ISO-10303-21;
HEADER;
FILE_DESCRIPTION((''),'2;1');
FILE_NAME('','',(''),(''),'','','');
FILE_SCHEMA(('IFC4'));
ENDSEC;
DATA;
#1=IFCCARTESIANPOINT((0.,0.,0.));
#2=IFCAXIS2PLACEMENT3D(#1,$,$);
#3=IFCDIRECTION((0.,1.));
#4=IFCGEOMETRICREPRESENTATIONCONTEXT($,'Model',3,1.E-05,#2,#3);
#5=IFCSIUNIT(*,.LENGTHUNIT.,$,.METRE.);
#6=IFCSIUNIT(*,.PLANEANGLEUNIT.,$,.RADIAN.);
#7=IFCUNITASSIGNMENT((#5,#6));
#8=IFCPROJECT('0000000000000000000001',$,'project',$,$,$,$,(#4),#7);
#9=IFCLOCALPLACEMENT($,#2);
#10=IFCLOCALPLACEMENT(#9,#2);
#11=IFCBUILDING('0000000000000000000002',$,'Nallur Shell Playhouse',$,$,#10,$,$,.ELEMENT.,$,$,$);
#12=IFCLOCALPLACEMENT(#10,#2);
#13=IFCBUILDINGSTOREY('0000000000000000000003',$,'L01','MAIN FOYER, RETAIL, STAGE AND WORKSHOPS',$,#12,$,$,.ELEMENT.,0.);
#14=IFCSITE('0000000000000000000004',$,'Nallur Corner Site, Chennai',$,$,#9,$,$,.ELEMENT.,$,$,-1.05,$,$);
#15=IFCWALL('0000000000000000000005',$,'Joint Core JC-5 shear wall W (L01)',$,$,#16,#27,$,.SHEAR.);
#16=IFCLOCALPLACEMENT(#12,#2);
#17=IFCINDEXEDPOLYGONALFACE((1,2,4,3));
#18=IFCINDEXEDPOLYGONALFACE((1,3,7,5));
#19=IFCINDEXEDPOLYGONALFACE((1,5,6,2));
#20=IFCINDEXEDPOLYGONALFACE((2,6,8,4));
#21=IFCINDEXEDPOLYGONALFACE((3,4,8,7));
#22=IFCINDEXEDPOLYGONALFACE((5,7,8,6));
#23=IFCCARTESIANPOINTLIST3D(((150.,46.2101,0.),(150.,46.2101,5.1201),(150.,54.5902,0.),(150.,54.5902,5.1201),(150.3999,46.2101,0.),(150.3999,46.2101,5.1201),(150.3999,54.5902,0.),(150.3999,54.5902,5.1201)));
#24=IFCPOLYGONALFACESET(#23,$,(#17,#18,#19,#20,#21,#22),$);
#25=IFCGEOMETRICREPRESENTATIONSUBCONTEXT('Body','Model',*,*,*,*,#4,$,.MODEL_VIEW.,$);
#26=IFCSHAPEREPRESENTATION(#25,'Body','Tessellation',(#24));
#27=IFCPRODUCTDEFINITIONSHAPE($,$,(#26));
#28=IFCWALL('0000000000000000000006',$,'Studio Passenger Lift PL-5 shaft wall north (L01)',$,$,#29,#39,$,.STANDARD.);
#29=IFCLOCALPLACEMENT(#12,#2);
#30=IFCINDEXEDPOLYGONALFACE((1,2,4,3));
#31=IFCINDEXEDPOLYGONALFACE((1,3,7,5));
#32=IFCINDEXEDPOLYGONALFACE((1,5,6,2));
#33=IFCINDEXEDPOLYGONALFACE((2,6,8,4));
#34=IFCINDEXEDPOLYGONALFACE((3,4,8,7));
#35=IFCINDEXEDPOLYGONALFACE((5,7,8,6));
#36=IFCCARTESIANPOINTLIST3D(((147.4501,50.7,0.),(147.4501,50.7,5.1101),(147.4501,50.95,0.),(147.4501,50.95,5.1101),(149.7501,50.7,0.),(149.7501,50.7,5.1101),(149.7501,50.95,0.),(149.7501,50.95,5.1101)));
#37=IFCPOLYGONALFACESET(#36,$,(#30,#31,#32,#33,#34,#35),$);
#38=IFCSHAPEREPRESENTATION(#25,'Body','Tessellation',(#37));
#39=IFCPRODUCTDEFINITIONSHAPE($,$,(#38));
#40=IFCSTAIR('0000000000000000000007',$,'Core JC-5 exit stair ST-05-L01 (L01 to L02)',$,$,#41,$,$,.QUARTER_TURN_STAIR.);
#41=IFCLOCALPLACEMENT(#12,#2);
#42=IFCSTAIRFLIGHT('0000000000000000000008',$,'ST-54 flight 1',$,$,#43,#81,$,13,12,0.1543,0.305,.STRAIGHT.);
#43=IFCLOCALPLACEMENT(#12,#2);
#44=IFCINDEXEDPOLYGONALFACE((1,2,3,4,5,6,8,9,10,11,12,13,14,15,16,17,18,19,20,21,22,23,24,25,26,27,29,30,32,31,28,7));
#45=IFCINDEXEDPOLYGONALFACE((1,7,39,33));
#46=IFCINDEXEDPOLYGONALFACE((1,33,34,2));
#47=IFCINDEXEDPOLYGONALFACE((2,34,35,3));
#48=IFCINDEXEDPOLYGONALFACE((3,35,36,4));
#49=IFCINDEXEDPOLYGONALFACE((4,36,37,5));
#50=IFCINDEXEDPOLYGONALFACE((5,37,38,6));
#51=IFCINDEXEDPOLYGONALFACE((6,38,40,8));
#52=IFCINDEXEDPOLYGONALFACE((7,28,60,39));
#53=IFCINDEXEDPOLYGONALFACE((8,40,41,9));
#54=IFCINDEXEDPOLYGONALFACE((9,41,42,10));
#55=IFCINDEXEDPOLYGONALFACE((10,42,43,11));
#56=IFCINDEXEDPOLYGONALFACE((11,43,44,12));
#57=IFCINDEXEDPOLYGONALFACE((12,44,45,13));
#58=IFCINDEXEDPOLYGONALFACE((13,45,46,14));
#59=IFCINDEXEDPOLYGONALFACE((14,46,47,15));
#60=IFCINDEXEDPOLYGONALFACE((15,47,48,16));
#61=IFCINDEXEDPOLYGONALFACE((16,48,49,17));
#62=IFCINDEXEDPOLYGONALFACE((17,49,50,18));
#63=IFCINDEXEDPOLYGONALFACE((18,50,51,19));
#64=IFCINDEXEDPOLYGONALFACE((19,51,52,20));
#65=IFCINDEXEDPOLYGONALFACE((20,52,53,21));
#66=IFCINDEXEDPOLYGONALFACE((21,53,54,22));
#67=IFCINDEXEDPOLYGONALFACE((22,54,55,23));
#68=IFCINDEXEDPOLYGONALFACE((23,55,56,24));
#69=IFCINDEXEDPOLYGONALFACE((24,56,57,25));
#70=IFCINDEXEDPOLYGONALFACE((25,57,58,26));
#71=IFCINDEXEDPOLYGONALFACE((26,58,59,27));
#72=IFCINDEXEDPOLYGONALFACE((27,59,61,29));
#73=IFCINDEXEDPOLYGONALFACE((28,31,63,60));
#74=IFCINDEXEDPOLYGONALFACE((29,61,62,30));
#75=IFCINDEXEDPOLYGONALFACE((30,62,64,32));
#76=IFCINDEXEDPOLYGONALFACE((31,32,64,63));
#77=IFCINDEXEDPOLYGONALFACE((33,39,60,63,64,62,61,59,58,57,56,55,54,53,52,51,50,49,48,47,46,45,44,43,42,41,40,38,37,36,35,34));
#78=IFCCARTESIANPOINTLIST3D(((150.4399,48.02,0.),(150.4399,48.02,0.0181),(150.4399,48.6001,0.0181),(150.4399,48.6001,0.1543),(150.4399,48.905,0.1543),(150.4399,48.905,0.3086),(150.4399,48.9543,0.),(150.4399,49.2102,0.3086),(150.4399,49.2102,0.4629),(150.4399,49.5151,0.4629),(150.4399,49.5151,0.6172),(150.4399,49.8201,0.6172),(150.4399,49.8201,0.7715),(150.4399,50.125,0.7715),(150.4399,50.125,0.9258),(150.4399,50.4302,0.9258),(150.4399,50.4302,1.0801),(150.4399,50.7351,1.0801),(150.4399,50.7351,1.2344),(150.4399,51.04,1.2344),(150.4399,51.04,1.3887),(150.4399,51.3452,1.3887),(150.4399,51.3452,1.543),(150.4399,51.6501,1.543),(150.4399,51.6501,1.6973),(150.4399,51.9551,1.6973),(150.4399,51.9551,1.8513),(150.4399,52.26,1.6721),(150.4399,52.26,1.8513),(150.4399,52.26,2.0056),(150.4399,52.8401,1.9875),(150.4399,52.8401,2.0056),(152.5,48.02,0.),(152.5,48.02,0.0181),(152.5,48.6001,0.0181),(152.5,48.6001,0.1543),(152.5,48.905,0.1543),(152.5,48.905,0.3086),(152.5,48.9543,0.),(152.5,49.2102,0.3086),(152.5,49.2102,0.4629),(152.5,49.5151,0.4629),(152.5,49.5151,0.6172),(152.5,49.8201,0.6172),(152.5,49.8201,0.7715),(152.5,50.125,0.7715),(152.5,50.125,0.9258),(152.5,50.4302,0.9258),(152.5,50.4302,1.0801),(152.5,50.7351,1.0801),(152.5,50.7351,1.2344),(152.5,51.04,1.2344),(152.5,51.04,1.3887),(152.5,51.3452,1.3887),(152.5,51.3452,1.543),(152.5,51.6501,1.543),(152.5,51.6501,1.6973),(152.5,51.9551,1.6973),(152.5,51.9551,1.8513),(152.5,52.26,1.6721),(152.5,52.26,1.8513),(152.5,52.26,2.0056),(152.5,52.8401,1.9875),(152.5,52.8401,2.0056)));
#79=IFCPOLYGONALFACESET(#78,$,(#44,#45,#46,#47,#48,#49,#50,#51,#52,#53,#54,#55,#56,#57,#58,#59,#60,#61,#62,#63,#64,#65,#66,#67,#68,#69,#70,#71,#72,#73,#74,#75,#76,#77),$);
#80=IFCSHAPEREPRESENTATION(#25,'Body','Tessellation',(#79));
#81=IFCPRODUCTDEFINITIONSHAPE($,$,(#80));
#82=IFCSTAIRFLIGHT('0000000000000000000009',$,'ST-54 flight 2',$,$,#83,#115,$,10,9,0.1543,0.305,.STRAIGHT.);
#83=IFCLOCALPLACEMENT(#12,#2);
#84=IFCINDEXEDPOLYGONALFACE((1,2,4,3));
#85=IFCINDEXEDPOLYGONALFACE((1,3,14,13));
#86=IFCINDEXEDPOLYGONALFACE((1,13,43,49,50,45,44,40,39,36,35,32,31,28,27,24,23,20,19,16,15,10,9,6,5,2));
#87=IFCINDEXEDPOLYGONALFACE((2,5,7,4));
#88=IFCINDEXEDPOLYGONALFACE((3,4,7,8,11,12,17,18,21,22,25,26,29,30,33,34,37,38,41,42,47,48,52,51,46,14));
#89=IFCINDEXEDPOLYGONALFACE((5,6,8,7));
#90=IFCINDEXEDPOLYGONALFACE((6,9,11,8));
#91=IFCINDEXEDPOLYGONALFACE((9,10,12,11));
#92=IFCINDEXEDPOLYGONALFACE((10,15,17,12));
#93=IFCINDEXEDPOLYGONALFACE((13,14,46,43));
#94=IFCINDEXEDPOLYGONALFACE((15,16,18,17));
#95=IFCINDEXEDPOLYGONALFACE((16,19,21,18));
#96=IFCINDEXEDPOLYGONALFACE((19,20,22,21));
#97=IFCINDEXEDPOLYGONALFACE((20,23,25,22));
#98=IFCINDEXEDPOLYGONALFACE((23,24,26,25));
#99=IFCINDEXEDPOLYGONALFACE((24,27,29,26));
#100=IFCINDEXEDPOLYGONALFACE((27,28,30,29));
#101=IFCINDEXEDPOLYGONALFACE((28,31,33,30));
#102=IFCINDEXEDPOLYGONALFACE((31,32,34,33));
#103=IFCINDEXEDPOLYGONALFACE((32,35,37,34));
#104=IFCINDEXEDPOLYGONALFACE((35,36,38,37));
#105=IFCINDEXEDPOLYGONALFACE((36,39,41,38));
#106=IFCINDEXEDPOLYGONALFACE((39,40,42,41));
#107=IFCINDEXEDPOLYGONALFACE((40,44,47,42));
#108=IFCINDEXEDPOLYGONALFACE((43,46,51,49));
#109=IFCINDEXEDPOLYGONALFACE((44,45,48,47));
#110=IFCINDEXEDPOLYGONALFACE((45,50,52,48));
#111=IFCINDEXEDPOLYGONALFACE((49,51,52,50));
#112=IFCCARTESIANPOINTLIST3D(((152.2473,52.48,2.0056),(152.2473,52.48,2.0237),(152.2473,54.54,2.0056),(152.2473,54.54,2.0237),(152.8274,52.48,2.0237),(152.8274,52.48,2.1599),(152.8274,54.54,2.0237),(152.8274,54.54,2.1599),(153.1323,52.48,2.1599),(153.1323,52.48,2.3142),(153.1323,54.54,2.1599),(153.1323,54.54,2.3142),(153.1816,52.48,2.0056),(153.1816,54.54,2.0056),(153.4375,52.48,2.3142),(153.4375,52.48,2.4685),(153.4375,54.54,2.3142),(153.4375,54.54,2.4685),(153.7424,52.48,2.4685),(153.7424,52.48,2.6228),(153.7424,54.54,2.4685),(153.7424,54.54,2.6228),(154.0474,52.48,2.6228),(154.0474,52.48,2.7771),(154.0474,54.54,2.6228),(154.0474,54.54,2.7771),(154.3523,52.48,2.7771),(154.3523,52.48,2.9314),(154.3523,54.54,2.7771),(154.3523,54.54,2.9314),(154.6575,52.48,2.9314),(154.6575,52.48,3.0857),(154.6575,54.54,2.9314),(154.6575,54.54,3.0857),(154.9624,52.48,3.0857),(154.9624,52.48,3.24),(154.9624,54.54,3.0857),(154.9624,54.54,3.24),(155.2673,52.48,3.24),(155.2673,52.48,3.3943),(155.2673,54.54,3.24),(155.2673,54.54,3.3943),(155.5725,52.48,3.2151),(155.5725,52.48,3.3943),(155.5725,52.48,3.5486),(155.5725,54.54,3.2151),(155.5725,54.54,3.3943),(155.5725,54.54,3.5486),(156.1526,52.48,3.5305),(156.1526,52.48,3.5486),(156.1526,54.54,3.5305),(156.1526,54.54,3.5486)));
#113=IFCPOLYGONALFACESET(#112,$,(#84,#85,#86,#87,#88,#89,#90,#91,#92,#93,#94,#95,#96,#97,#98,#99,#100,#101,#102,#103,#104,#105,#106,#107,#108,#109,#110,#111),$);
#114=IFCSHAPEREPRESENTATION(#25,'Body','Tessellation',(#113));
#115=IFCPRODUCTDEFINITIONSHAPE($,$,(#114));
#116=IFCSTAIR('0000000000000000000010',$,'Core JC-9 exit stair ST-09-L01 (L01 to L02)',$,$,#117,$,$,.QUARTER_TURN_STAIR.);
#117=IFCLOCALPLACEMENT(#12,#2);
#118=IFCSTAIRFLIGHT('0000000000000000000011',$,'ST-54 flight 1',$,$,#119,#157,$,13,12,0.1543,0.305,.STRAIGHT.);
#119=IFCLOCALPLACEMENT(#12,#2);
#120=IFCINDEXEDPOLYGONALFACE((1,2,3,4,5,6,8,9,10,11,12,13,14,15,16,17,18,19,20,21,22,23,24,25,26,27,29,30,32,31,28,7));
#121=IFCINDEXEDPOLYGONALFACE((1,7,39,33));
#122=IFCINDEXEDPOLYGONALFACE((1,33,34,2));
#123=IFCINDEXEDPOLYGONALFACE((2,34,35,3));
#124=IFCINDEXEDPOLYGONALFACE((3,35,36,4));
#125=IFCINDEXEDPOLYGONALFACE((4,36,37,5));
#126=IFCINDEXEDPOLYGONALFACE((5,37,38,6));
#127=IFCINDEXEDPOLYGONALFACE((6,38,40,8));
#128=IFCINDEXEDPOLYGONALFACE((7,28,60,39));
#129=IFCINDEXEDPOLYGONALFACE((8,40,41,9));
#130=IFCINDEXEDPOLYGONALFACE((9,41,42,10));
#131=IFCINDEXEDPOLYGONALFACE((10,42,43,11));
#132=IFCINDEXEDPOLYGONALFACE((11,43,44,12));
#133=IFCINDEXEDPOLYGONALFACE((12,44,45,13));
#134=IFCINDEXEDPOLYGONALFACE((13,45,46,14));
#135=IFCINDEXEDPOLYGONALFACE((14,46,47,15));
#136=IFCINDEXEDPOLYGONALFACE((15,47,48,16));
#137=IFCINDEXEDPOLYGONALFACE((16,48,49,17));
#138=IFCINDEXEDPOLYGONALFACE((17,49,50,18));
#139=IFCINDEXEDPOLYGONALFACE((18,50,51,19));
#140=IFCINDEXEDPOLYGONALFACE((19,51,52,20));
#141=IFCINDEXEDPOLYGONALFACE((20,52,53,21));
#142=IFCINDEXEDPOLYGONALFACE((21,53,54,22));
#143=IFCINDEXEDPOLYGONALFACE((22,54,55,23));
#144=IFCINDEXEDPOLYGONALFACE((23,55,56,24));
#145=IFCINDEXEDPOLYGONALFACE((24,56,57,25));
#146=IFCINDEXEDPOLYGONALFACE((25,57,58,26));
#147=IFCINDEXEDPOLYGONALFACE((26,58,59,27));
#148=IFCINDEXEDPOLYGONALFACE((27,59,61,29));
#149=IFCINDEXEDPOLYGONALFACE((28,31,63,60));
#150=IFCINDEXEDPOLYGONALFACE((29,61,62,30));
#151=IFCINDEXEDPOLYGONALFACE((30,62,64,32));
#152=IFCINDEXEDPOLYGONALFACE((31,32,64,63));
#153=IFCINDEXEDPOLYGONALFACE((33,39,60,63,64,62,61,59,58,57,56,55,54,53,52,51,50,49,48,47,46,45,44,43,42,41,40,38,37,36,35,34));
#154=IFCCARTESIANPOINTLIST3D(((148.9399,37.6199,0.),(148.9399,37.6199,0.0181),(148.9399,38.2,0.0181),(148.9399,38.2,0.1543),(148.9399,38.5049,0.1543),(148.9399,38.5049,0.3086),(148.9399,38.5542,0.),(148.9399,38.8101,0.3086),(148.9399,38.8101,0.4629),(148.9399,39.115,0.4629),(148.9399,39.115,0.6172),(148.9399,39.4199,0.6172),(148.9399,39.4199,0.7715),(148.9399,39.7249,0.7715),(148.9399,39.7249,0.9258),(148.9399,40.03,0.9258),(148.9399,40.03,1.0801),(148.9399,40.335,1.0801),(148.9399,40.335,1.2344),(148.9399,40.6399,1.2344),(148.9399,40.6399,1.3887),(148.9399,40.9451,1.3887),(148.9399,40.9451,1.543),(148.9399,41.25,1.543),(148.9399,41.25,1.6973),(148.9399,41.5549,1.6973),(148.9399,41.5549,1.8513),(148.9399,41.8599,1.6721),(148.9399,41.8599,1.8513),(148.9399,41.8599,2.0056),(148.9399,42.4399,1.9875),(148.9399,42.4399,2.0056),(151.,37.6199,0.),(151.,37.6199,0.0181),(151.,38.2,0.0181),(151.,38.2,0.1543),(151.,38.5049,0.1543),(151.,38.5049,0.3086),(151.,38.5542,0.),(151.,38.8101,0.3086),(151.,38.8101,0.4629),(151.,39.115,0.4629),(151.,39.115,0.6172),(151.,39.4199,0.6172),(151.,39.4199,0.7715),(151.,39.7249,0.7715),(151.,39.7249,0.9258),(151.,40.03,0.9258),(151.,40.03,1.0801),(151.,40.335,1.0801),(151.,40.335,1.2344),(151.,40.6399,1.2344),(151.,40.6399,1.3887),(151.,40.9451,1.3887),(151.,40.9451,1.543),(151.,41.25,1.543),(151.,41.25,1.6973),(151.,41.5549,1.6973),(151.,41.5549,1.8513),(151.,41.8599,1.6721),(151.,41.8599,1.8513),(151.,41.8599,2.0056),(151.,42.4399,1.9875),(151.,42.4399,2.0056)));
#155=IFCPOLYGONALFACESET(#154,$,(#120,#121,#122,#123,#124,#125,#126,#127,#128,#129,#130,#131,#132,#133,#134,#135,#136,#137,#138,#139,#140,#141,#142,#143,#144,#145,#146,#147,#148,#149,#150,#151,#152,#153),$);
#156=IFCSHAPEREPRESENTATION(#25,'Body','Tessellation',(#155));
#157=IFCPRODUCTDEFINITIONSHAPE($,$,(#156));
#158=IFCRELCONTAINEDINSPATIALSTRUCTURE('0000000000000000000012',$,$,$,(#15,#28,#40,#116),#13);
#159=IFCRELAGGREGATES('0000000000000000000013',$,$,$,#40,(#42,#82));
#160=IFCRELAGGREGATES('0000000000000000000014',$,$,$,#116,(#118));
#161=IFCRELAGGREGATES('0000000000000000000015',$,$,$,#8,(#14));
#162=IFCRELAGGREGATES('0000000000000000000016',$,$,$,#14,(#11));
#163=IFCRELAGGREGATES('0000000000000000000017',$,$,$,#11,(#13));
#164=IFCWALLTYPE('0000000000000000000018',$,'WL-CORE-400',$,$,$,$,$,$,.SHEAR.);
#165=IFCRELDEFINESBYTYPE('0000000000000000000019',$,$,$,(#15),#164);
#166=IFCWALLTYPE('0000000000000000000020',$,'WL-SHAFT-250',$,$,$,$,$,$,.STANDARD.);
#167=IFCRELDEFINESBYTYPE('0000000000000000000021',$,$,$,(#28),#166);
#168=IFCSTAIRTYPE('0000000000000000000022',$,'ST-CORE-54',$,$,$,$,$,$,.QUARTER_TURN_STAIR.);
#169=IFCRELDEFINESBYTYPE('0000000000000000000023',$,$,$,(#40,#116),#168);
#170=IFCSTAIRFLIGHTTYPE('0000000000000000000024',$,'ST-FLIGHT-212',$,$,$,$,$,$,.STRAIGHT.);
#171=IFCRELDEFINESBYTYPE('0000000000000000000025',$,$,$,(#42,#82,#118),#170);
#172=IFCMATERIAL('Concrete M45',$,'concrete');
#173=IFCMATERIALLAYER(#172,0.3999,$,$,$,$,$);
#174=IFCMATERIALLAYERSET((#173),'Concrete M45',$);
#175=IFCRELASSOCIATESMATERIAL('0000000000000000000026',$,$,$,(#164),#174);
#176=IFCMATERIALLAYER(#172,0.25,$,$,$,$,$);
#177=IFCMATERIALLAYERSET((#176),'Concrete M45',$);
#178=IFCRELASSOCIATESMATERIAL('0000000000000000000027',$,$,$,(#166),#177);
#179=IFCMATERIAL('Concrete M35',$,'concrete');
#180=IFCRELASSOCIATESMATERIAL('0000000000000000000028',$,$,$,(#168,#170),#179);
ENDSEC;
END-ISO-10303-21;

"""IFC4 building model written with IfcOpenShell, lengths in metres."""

from ifc_helpers import new_model, si_unit, direction, frame, frame_2d, origin, place, context, subcontext, project, spatial, polyline, rectangle, outline, extrude, material, layer, layer_set, type_object, element, aggregate, save


model = new_model("IFC4")

# Units and contexts
model_context = context("Model", 3, precision=1e-05, world=origin(), true_north=direction((0.0, 1.0)))
body_context = subcontext(model_context, "Body", "Model", "MODEL_VIEW")
ifc_project = project(units=[si_unit("LENGTHUNIT", "METRE"), si_unit("PLANEANGLEUNIT", "RADIAN")], contexts=[model_context])

# Site, building, storey
site_placement = place(None, origin())
site = spatial("IfcSite", under=ifc_project, at=site_placement, Name="Nallur Corner Site, Chennai", CompositionType="ELEMENT", RefElevation=-1.05)
building_placement = place(site_placement, origin())
building = spatial("IfcBuilding", under=site, at=building_placement, Name="Nallur Shell Playhouse", CompositionType="ELEMENT")
storey_placement = place(building_placement, origin())
storey = spatial("IfcBuildingStorey", under=building, at=storey_placement, Name="L01", Description="MAIN FOYER, RETAIL, STAGE AND WORKSHOPS", CompositionType="ELEMENT", Elevation=0.0)

# Shared definitions
ifc_material_1 = material(Name="Concrete M35", Category="concrete")

# Shared definitions
ifc_material_2 = material(Name="Concrete M45", Category="concrete")
ifc_layer_1 = layer(ifc_material_2, 0.3999)
ifc_layer_set_1 = layer_set([ifc_layer_1], Name="Concrete M45")
wall_type_1 = type_object("IfcWallType", Name="WL-CORE-400", PredefinedType="SHEAR", material=ifc_layer_set_1)

# Walls
wall_1_placement = place(storey_placement, frame((150.2, 54.5901, 0.0), z_axis=(0.0, 0.0, 1.0), x_axis=(0.0, -1.0, 0.0)))
element("IfcWall", 1, at=wall_1_placement, inside=storey, type_object=wall_type_1, Name="Joint Core JC-5 shear wall W (L01)", PredefinedType="SHEAR", context=body_context, shape_type="SweptSolid", body=[
    extrude(rectangle(XDim=8.3801, YDim=0.3999, at=frame_2d((4.1899, 0.0))), origin(), (0.0, 0.0, 1.0), 5.1201),
])
ifc_layer_2 = layer(ifc_material_2, 0.25)
ifc_layer_set_2 = layer_set([ifc_layer_2], Name="Concrete M45")
wall_type_2 = type_object("IfcWallType", Name="WL-SHAFT-250", PredefinedType="STANDARD", material=ifc_layer_set_2)
wall_2_placement = place(storey_placement, frame((149.75, 50.825, 0.0), z_axis=(0.0, 0.0, 1.0), x_axis=(-1.0, 0.0, 0.0)))
element("IfcWall", 2, at=wall_2_placement, inside=storey, type_object=wall_type_2, Name="Studio Passenger Lift PL-5 shaft wall north (L01)", PredefinedType="STANDARD", context=body_context, shape_type="SweptSolid", body=[
    extrude(rectangle(XDim=2.3, YDim=0.25, at=frame_2d((1.1499, 0.0))), origin(), (0.0, 0.0, 1.0), 5.1101),
])

# Stairs, stair flights
stair_type = type_object("IfcStairType", Name="ST-CORE-54", PredefinedType="QUARTER_TURN_STAIR", material=ifc_material_1)
stair_1_placement = place(storey_placement, origin())
stair_1 = element("IfcStair", 3, at=stair_1_placement, inside=storey, type_object=stair_type, Name="Core JC-5 exit stair ST-05-L01 (L01 to L02)", PredefinedType="QUARTER_TURN_STAIR")
stair_flight_type = type_object("IfcStairFlightType", Name="ST-FLIGHT-212", PredefinedType="STRAIGHT", material=ifc_material_1)
stair_flight_1_placement = place(storey_placement, frame((151.47, 48.6001, 0.0), z_axis=(0.0, 0.0, 1.0), x_axis=(0.0, 1.0, 0.0)))
stair_flight_1 = element("IfcStairFlight", 4, at=stair_flight_1_placement, type_object=stair_flight_type, Name="ST-54 flight 1", NumberOfRisers=13, NumberOfTreads=12, PredefinedType="STRAIGHT", RiserHeight=0.1543, TreadLength=0.305, context=body_context, shape_type="SweptSolid", body=[
    extrude(outline(polyline([(-0.5801, 0.0), (-0.5801, 0.0181), (0.0, 0.0181), (0.0, 0.1543), (0.3049, 0.1543), (0.3049, 0.3086), (0.6101, 0.3086), (0.6101, 0.4629), (0.915, 0.4629), (0.915, 0.6172), (1.22, 0.6172), (1.22, 0.7715), (1.5249, 0.7715), (1.5249, 0.9258), (1.8301, 0.9258), (1.8301, 1.0801), (2.135, 1.0801), (2.135, 1.2344), (2.4399, 1.2344), (2.4399, 1.3887), (2.7451, 1.3887), (2.7451, 1.543), (3.05, 1.543), (3.05, 1.6973), (3.355, 1.6973), (3.355, 1.8513), (3.6599, 1.8513), (3.6599, 2.0056), (4.24, 2.0056), (4.24, 1.9875), (3.6599, 1.6721), (0.3542, 0.0), (-0.5801, 0.0)])), frame((0.0, 1.03, 0.0), z_axis=(0.0, -1.0, 0.0), x_axis=(1.0, 0.0, 0.0)), (0.0, 0.0, 1.0), 2.0601),
])
stair_flight_2_placement = place(storey_placement, frame((152.8274, 53.51, 2.0056), z_axis=(0.0, 0.0, 1.0), x_axis=(1.0, 0.0, 0.0)))
stair_flight_2 = element("IfcStairFlight", 5, at=stair_flight_2_placement, type_object=stair_flight_type, Name="ST-54 flight 2", NumberOfRisers=10, NumberOfTreads=9, PredefinedType="STRAIGHT", RiserHeight=0.1543, TreadLength=0.305, context=body_context, shape_type="SweptSolid", body=[
    extrude(outline(polyline([(-0.5801, 0.0), (-0.5801, 0.0181), (0.0, 0.0181), (0.0, 0.1543), (0.3049, 0.1543), (0.3049, 0.3086), (0.6101, 0.3086), (0.6101, 0.4629), (0.915, 0.4629), (0.915, 0.6172), (1.22, 0.6172), (1.22, 0.7715), (1.5249, 0.7715), (1.5249, 0.9258), (1.8301, 0.9258), (1.8301, 1.0801), (2.135, 1.0801), (2.135, 1.2344), (2.4399, 1.2344), (2.4399, 1.3887), (2.7451, 1.3887), (2.7451, 1.543), (3.3252, 1.543), (3.3252, 1.5249), (2.7451, 1.2095), (0.3542, 0.0), (-0.5801, 0.0)])), frame((0.0, 1.03, 0.0), z_axis=(0.0, -1.0, 0.0), x_axis=(1.0, 0.0, 0.0)), (0.0, 0.0, 1.0), 2.0601),
])
aggregate(stair_1, [stair_flight_1, stair_flight_2])
stair_2_placement = place(storey_placement, origin())
stair_2 = element("IfcStair", 6, at=stair_2_placement, inside=storey, type_object=stair_type, Name="Core JC-9 exit stair ST-09-L01 (L01 to L02)", PredefinedType="QUARTER_TURN_STAIR")
stair_flight_3_placement = place(storey_placement, frame((149.97, 38.2, 0.0), z_axis=(0.0, 0.0, 1.0), x_axis=(0.0, 1.0, 0.0)))
stair_flight_3 = element("IfcStairFlight", 7, at=stair_flight_3_placement, type_object=stair_flight_type, Name="ST-54 flight 1", NumberOfRisers=13, NumberOfTreads=12, PredefinedType="STRAIGHT", RiserHeight=0.1543, TreadLength=0.305, context=body_context, shape_type="SweptSolid", body=[
    extrude(outline(polyline([(-0.5801, 0.0), (-0.5801, 0.0181), (0.0, 0.0181), (0.0, 0.1543), (0.3049, 0.1543), (0.3049, 0.3086), (0.6101, 0.3086), (0.6101, 0.4629), (0.915, 0.4629), (0.915, 0.6172), (1.22, 0.6172), (1.22, 0.7715), (1.5249, 0.7715), (1.5249, 0.9258), (1.8301, 0.9258), (1.8301, 1.0801), (2.135, 1.0801), (2.135, 1.2344), (2.4399, 1.2344), (2.4399, 1.3887), (2.7451, 1.3887), (2.7451, 1.543), (3.05, 1.543), (3.05, 1.6973), (3.355, 1.6973), (3.355, 1.8513), (3.6599, 1.8513), (3.6599, 2.0056), (4.24, 2.0056), (4.24, 1.9875), (3.6599, 1.6721), (0.3542, 0.0), (-0.5801, 0.0)])), frame((0.0, 1.03, 0.0), z_axis=(0.0, -1.0, 0.0), x_axis=(1.0, 0.0, 0.0)), (0.0, 0.0, 1.0), 2.0601),
])
aggregate(stair_2, [stair_flight_3])

save(model, "model.ifc")
